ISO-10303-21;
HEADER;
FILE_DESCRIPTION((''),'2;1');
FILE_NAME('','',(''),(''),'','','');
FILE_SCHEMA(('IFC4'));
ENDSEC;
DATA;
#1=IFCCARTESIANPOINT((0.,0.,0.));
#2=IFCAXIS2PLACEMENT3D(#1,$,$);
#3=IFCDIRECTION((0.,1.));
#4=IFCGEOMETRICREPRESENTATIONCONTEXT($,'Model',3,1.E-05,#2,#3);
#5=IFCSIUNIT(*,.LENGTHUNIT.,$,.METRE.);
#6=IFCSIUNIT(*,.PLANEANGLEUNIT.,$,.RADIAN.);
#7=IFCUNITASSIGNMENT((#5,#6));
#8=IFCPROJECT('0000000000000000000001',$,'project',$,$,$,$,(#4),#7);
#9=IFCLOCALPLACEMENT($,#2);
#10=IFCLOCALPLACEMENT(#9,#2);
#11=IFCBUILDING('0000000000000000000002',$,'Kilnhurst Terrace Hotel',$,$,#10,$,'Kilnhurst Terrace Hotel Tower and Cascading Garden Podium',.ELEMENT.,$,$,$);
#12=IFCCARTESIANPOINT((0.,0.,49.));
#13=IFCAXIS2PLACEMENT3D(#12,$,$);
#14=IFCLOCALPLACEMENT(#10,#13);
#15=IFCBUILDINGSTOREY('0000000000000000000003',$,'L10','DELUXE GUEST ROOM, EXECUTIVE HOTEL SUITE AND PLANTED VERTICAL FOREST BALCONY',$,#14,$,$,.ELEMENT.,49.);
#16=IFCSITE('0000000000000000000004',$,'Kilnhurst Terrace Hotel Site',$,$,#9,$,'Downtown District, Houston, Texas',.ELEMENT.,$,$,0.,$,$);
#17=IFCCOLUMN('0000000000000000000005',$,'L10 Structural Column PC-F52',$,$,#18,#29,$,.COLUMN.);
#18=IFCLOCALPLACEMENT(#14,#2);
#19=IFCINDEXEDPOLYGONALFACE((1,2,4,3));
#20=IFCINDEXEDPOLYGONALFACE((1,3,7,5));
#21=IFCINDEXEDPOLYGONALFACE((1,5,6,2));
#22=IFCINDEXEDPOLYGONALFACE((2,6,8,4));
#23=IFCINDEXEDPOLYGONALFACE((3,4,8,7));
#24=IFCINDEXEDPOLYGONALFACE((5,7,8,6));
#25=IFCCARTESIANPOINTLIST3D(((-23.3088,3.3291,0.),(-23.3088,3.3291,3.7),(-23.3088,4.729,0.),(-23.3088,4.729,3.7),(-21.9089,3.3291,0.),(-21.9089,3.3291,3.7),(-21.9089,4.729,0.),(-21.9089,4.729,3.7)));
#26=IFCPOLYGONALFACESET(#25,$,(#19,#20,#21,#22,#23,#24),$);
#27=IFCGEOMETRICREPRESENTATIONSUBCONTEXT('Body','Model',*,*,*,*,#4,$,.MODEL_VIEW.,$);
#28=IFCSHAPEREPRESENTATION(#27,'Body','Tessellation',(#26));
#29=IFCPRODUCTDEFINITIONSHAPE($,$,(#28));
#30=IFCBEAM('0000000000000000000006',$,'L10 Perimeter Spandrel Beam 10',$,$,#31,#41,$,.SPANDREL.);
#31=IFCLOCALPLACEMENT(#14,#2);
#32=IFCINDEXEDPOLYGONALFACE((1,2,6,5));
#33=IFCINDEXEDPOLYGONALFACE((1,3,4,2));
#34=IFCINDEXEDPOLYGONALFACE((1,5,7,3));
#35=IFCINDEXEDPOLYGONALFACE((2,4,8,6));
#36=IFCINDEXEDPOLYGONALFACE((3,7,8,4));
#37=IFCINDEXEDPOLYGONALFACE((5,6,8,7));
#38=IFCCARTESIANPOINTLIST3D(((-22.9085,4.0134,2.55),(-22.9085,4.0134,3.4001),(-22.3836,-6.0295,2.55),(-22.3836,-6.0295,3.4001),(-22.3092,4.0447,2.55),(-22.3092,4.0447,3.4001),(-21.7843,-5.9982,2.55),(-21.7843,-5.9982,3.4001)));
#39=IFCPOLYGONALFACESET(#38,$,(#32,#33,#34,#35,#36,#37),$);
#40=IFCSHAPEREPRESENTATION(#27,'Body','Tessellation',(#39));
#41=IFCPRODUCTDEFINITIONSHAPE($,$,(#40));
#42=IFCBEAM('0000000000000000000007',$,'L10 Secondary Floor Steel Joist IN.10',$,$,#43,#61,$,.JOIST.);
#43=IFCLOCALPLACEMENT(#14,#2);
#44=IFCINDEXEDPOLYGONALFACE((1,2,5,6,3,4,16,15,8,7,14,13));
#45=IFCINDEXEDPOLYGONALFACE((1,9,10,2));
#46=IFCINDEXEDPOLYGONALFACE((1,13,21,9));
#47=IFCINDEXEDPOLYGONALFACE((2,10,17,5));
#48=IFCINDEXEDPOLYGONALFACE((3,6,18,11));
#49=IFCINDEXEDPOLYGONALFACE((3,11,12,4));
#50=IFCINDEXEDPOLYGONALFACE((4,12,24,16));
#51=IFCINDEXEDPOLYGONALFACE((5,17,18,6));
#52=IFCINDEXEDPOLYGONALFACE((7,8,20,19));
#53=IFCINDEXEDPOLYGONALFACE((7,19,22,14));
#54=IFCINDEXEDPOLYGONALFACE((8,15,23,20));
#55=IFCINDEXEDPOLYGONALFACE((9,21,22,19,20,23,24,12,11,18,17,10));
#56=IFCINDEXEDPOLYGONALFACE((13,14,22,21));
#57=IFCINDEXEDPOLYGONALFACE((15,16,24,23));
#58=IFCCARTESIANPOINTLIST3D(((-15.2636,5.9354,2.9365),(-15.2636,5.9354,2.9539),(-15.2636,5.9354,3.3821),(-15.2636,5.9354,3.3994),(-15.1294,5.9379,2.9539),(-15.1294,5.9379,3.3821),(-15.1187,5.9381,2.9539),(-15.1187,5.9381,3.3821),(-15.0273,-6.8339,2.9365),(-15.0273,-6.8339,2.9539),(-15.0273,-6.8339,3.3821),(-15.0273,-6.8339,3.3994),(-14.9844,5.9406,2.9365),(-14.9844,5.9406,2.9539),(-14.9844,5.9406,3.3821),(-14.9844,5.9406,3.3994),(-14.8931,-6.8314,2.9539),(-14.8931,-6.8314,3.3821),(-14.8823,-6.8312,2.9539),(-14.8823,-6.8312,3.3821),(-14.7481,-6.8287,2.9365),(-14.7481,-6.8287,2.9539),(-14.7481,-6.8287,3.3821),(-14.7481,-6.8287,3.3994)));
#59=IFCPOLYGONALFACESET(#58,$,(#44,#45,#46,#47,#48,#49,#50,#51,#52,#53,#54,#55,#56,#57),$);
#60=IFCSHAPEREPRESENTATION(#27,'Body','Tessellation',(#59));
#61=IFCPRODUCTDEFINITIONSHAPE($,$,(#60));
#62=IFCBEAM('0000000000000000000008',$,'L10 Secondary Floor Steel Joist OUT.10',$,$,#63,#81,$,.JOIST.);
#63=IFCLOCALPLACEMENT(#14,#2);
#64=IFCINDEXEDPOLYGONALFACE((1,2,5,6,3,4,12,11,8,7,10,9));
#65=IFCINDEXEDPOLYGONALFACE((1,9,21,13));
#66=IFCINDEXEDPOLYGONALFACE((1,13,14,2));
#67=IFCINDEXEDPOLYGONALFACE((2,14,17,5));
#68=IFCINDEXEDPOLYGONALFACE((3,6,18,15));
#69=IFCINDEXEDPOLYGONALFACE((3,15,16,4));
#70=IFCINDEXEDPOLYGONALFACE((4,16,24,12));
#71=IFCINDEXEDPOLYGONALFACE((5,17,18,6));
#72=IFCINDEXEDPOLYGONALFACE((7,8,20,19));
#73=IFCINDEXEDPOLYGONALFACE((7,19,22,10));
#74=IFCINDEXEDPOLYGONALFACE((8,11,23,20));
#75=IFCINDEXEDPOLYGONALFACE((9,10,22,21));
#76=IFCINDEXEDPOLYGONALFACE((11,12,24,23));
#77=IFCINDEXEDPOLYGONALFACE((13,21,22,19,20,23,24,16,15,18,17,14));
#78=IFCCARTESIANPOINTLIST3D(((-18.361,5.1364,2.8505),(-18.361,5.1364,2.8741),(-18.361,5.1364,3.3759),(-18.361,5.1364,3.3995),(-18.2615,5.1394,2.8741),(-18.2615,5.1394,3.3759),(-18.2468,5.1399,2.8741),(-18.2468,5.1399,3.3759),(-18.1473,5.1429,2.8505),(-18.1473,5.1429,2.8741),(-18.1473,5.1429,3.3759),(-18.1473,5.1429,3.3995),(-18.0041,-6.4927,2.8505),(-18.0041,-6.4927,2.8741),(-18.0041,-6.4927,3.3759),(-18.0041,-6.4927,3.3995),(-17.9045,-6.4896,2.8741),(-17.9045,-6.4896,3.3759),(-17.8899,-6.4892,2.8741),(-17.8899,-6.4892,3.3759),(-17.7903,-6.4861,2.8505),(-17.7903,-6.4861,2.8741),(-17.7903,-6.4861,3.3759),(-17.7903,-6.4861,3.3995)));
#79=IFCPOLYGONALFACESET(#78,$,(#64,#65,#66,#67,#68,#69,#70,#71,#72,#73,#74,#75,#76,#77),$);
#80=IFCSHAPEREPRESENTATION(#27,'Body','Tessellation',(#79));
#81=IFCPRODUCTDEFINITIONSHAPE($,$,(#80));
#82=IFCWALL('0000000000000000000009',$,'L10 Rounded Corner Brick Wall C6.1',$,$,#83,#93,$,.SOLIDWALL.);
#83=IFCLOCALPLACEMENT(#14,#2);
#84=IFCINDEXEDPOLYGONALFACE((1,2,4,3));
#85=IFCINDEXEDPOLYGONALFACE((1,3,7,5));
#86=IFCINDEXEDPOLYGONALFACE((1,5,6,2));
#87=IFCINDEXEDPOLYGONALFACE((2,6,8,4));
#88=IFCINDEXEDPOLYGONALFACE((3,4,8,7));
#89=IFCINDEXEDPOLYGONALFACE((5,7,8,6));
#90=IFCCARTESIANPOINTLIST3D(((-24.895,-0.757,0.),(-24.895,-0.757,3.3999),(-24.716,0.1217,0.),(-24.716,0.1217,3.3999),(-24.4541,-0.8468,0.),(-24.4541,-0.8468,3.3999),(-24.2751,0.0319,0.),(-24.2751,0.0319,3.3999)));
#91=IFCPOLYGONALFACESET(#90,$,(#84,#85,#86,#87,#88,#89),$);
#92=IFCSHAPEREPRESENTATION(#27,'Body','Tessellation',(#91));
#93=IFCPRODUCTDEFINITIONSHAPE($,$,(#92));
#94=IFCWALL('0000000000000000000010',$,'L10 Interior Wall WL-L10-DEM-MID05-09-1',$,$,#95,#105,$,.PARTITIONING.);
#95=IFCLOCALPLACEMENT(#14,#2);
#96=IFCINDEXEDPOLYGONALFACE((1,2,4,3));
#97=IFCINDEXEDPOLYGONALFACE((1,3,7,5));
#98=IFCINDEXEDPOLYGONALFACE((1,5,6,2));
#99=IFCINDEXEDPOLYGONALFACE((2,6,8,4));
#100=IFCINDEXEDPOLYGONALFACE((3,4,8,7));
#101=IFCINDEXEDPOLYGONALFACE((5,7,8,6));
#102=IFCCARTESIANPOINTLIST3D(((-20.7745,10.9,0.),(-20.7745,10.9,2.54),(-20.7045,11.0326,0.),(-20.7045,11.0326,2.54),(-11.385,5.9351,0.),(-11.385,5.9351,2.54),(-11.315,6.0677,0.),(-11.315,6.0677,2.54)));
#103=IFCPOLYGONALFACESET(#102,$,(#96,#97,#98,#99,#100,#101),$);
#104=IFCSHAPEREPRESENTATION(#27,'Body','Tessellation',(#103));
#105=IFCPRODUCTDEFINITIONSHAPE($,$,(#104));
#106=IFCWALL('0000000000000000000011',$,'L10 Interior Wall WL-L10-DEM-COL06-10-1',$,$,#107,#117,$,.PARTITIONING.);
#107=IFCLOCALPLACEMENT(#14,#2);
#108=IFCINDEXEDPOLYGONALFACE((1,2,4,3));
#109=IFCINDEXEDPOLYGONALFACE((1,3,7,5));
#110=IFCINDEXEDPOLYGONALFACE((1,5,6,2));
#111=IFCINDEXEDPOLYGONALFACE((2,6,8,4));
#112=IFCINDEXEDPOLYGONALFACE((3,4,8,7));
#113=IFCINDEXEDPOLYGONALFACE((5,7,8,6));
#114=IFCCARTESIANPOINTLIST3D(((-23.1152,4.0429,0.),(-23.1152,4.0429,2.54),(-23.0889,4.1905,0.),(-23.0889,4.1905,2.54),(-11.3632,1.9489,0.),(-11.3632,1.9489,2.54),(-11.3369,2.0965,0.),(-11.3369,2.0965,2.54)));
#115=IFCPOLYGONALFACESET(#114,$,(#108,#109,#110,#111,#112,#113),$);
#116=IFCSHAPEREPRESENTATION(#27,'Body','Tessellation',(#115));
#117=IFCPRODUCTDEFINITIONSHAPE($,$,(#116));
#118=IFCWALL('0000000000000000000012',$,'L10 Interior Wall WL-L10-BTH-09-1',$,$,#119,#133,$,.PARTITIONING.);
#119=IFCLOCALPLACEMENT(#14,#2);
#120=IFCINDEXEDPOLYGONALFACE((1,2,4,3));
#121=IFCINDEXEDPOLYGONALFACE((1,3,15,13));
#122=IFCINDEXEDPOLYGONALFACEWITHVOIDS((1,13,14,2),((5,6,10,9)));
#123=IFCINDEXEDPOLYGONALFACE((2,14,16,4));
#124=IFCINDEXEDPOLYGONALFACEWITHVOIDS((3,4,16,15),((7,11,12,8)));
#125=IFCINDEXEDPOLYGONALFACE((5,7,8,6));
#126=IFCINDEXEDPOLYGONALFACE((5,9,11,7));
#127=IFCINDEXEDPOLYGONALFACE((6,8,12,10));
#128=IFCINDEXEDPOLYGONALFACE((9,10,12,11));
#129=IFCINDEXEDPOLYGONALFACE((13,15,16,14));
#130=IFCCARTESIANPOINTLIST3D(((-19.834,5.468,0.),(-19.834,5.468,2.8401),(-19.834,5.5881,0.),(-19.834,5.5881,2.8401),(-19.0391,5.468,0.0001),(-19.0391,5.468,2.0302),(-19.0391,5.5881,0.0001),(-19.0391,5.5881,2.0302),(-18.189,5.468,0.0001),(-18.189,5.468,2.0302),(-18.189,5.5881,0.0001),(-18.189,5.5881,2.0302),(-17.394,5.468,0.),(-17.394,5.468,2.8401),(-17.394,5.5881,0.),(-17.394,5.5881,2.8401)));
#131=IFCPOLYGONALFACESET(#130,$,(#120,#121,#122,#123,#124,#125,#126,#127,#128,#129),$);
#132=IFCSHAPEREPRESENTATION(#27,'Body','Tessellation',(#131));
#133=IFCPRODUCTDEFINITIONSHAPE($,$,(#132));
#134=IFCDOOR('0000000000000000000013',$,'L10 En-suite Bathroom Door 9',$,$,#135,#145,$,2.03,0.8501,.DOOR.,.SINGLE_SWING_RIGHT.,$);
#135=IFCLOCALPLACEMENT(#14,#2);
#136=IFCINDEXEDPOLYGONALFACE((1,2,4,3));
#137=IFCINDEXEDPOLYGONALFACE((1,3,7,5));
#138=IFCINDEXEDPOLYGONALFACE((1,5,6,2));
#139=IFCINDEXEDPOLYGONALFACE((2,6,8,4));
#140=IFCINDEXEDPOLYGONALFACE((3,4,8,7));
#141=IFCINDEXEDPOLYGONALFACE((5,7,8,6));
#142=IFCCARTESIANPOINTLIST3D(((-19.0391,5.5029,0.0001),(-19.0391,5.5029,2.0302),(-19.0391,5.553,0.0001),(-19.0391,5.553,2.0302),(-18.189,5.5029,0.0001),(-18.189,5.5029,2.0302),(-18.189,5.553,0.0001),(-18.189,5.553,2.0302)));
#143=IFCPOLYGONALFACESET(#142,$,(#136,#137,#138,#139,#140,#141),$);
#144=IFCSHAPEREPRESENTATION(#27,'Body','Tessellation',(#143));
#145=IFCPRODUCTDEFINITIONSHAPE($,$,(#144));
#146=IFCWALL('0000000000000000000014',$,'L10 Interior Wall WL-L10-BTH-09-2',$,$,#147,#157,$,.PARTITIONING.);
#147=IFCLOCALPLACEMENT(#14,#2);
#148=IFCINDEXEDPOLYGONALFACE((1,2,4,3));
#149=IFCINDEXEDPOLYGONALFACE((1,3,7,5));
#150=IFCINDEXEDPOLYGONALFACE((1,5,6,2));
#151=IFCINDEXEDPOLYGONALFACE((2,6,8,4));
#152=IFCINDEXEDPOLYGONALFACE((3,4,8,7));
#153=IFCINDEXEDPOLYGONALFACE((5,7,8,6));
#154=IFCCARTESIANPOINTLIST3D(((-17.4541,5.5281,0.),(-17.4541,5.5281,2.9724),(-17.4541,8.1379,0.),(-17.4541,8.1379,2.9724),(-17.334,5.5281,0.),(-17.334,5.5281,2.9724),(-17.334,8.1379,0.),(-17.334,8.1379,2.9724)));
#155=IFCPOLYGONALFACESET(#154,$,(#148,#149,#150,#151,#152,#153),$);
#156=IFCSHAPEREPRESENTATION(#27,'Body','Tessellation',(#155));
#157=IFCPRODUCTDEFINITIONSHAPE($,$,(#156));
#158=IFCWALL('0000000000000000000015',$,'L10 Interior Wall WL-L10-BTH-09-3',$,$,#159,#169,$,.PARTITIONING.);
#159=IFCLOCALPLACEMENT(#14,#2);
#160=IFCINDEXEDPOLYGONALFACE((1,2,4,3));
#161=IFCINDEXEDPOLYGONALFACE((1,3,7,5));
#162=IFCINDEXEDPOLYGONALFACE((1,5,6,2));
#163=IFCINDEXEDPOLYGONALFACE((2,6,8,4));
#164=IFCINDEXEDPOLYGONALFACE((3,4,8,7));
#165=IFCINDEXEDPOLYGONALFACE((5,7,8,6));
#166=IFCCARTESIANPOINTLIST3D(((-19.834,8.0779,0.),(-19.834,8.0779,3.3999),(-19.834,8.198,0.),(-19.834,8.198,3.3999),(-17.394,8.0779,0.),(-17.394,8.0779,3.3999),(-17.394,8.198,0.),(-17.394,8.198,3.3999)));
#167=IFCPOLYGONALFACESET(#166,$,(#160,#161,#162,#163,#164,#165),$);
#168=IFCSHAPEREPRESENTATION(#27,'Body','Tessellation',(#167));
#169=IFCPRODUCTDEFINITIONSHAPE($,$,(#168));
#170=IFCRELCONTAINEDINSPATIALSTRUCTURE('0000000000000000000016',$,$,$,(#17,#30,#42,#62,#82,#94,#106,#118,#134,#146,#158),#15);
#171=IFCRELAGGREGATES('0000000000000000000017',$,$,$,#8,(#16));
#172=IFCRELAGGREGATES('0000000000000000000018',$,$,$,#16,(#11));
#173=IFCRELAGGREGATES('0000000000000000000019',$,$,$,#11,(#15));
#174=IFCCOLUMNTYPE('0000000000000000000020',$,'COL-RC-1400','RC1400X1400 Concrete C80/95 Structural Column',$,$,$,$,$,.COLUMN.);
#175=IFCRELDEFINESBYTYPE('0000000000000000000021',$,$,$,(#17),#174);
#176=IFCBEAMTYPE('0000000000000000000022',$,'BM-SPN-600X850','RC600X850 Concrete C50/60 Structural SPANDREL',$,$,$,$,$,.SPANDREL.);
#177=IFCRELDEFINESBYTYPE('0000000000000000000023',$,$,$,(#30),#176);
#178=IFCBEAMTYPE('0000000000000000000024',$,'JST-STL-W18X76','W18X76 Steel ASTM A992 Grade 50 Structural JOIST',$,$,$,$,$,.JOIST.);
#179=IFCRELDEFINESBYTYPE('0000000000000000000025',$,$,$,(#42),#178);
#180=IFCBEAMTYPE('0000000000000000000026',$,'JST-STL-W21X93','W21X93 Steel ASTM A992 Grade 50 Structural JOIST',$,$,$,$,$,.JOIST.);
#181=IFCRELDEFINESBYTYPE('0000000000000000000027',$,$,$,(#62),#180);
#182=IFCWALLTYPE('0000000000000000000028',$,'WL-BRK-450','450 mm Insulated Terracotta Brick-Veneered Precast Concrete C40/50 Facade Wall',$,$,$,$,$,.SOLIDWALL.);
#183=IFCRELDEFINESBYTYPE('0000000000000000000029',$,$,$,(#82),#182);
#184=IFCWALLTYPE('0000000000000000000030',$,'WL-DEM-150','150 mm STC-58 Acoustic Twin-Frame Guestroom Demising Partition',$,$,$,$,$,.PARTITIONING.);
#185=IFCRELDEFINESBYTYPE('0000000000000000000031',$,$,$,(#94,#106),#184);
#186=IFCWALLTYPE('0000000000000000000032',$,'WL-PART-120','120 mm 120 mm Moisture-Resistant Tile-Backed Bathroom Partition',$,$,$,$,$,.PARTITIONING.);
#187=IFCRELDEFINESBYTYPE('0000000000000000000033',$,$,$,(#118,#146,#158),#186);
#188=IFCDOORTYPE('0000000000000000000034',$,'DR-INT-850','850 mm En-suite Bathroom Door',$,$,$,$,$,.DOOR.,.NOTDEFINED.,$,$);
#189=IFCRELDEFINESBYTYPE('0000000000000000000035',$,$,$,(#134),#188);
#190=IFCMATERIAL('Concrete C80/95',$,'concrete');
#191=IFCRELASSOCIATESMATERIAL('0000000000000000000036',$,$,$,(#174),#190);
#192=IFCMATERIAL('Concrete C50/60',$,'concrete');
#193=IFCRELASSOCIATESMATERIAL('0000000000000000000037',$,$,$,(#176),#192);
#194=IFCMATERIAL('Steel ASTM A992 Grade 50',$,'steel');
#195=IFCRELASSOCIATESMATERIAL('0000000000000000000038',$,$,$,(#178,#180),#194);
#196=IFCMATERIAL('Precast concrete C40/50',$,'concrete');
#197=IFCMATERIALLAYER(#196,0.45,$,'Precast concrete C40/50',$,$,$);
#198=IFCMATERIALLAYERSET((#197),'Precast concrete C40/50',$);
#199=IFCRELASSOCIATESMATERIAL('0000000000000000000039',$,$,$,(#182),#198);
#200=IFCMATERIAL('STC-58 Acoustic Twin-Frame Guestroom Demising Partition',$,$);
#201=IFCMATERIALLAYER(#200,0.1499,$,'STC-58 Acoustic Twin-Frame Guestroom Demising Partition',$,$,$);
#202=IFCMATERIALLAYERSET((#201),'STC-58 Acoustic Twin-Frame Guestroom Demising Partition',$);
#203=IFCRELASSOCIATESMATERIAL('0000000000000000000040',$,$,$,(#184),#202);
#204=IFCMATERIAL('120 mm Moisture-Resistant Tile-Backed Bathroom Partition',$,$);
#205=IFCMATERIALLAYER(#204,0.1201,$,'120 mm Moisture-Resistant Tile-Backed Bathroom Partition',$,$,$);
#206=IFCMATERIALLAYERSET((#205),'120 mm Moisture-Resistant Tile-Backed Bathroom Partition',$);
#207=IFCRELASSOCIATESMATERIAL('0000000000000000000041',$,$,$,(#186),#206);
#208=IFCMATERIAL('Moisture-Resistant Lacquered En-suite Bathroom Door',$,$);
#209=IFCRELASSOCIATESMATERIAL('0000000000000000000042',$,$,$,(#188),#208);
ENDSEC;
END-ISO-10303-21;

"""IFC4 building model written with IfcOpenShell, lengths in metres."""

from ifc_helpers import new_model, si_unit, direction, frame, frame_2d, origin, origin_2d, place, context, subcontext, project, spatial, rectangle, i_section, extrude, material, layer, layer_set, material_profile, profile_set, type_object, element, fill, save


model = new_model("IFC4")

# Units and contexts
model_context = context("Model", 3, precision=1e-05, world=origin(), true_north=direction((0.0, 1.0)))
body_context = subcontext(model_context, "Body", "Model", "MODEL_VIEW")
ifc_project = project(units=[si_unit("LENGTHUNIT", "METRE"), si_unit("PLANEANGLEUNIT", "RADIAN")], contexts=[model_context])

# Site, building, storey
site_placement = place(None, origin())
site = spatial("IfcSite", under=ifc_project, at=site_placement, Name="Kilnhurst Terrace Hotel Site", LongName="Downtown District, Houston, Texas", CompositionType="ELEMENT", RefElevation=0.0)
building_placement = place(site_placement, origin())
building = spatial("IfcBuilding", under=site, at=building_placement, Name="Kilnhurst Terrace Hotel", LongName="Kilnhurst Terrace Hotel Tower and Cascading Garden Podium", CompositionType="ELEMENT")
storey_placement = place(building_placement, frame((0.0, 0.0, 49.0)))
storey = spatial("IfcBuildingStorey", under=building, at=storey_placement, Name="L10", Description="DELUXE GUEST ROOM, EXECUTIVE HOTEL SUITE AND PLANTED VERTICAL FOREST BALCONY", CompositionType="ELEMENT", Elevation=49.0)

# Column
ifc_material_1 = material(Name="Concrete C80/95", Category="concrete")
ifc_material_profile_1 = material_profile(ifc_material_1, rectangle(XDim=1.3999, YDim=1.3999, at=origin_2d()), Name="RC1400X1400")
ifc_profile_set_1 = profile_set([ifc_material_profile_1], Name="Concrete C80/95")
column_type = type_object("IfcColumnType", Name="COL-RC-1400", Description="RC1400X1400 Concrete C80/95 Structural Column", PredefinedType="COLUMN", material=ifc_profile_set_1)
column_placement = place(storey_placement, frame((-22.6089, 4.0291, 0.0), z_axis=(0.0, 0.0, 1.0), x_axis=(1.0, 0.0, 0.0)))
element("IfcColumn", 1, at=column_placement, inside=storey, type_object=column_type, Name="L10 Structural Column PC-F52", PredefinedType="COLUMN", context=body_context, shape_type="SweptSolid", body=[
    extrude(rectangle(XDim=1.3999, YDim=1.3999, at=origin_2d()), origin(), (0.0, 0.0, 1.0), 3.7),
])

# Beams
ifc_material_2 = material(Name="Concrete C50/60", Category="concrete")
ifc_material_profile_2 = material_profile(ifc_material_2, rectangle(XDim=0.6001, YDim=0.8501, at=origin_2d()), Name="RC600X850")
ifc_profile_set_2 = profile_set([ifc_material_profile_2], Name="Concrete C50/60")
beam_type_1 = type_object("IfcBeamType", Name="BM-SPN-600X850", Description="RC600X850 Concrete C50/60 Structural SPANDREL", PredefinedType="SPANDREL", material=ifc_profile_set_2)
beam_1_placement = place(storey_placement, frame((-22.6089, 4.0291, 2.9751), z_axis=(0.052194, -0.998637, 0.0), x_axis=(0.998637, 0.052194, 0.0)))
element("IfcBeam", 2, at=beam_1_placement, inside=storey, type_object=beam_type_1, Name="L10 Perimeter Spandrel Beam 10", PredefinedType="SPANDREL", context=body_context, shape_type="SweptSolid", body=[
    extrude(rectangle(XDim=0.6001, YDim=0.8501, at=origin_2d()), origin(), (0.0, 0.0, 1.0), 10.0566),
])
ifc_material_3 = material(Name="Steel ASTM A992 Grade 50", Category="steel")
ifc_material_profile_3 = material_profile(ifc_material_3, i_section(OverallWidth=0.2793, OverallDepth=0.4629, WebThickness=0.0107, FlangeThickness=0.0173, at=origin_2d()), Name="W18X76")
ifc_profile_set_3 = profile_set([ifc_material_profile_3], Name="Steel ASTM A992 Grade 50")
beam_type_2 = type_object("IfcBeamType", Name="JST-STL-W18X76", Description="W18X76 Steel ASTM A992 Grade 50 Structural JOIST", PredefinedType="JOIST", material=ifc_profile_set_3)
beam_2_placement = place(storey_placement, frame((-15.124, 5.938, 3.168), z_axis=(0.018504, -0.999829, 0.0), x_axis=(0.999829, 0.018504, 0.0)))
element("IfcBeam", 3, at=beam_2_placement, inside=storey, type_object=beam_type_2, Name="L10 Secondary Floor Steel Joist IN.10", PredefinedType="JOIST", context=body_context, shape_type="SweptSolid", body=[
    extrude(i_section(OverallWidth=0.2793, OverallDepth=0.4629, WebThickness=0.0107, FlangeThickness=0.0173, at=origin_2d()), origin(), (0.0, 0.0, 1.0), 12.7715),
])
ifc_material_profile_4 = material_profile(ifc_material_3, i_section(OverallWidth=0.2139, OverallDepth=0.5491, WebThickness=0.0146, FlangeThickness=0.0237, at=origin_2d()), Name="W21X93")
ifc_profile_set_4 = profile_set([ifc_material_profile_4], Name="Steel ASTM A992 Grade 50")
beam_type_3 = type_object("IfcBeamType", Name="JST-STL-W21X93", Description="W21X93 Steel ASTM A992 Grade 50 Structural JOIST", PredefinedType="JOIST", material=ifc_profile_set_4)
beam_3_placement = place(storey_placement, frame((-18.2542, 5.1396, 3.125), z_axis=(0.030679, -0.999529, 0.0), x_axis=(0.999529, 0.030679, 0.0)))
element("IfcBeam", 4, at=beam_3_placement, inside=storey, type_object=beam_type_3, Name="L10 Secondary Floor Steel Joist OUT.10", PredefinedType="JOIST", context=body_context, shape_type="SweptSolid", body=[
    extrude(i_section(OverallWidth=0.2139, OverallDepth=0.5491, WebThickness=0.0146, FlangeThickness=0.0237, at=origin_2d()), origin(), (0.0, 0.0, 1.0), 11.6345),
])

# Walls
ifc_material_4 = material(Name="Precast concrete C40/50", Category="concrete")
ifc_layer_1 = layer(ifc_material_4, 0.45, Name="Precast concrete C40/50")
ifc_layer_set_1 = layer_set([ifc_layer_1], Name="Precast concrete C40/50")
wall_type_1 = type_object("IfcWallType", Name="WL-BRK-450", Description="450 mm Insulated Terracotta Brick-Veneered Precast Concrete C40/50 Facade Wall", PredefinedType="SOLIDWALL", material=ifc_layer_set_1)
wall_1_placement = place(storey_placement, frame((-24.4956, 0.0767, 0.0), z_axis=(0.0, 0.0, 1.0), x_axis=(-0.199571, -0.979883, 0.0)))
element("IfcWall", 5, at=wall_1_placement, inside=storey, type_object=wall_type_1, Name="L10 Rounded Corner Brick Wall C6.1", PredefinedType="SOLIDWALL", context=body_context, shape_type="SweptSolid", body=[
    extrude(rectangle(XDim=0.8967, YDim=0.45, at=frame_2d((0.4482, 0.0))), origin(), (0.0, 0.0, 1.0), 3.3999),
])
ifc_material_5 = material(Name="STC-58 Acoustic Twin-Frame Guestroom Demising Partition")
ifc_layer_2 = layer(ifc_material_5, 0.1499, Name="STC-58 Acoustic Twin-Frame Guestroom Demising Partition")
ifc_layer_set_2 = layer_set([ifc_layer_2], Name="STC-58 Acoustic Twin-Frame Guestroom Demising Partition")
wall_type_2 = type_object("IfcWallType", Name="WL-DEM-150", Description="150 mm STC-58 Acoustic Twin-Frame Guestroom Demising Partition", PredefinedType="PARTITIONING", material=ifc_layer_set_2)
wall_2_placement = place(storey_placement, frame((-11.3501, 6.0015, 0.0), z_axis=(0.0, 0.0, 1.0), x_axis=(-0.884022, 0.467445, 0.0)))
element("IfcWall", 6, at=wall_2_placement, inside=storey, type_object=wall_type_2, Name="L10 Interior Wall WL-L10-DEM-MID05-09-1", PredefinedType="PARTITIONING", context=body_context, shape_type="SweptSolid", body=[
    extrude(rectangle(XDim=10.6213, YDim=0.1499, at=frame_2d((5.3105, 0.0))), origin(), (0.0, 0.0, 1.0), 2.54),
])
wall_3_placement = place(storey_placement, frame((-11.3501, 2.0227, 0.0), z_axis=(0.0, 0.0, 1.0), x_axis=(-0.984494, 0.17542, 0.0)))
element("IfcWall", 7, at=wall_3_placement, inside=storey, type_object=wall_type_2, Name="L10 Interior Wall WL-L10-DEM-COL06-10-1", PredefinedType="PARTITIONING", context=body_context, shape_type="SweptSolid", body=[
    extrude(rectangle(XDim=11.937, YDim=0.1499, at=frame_2d((5.9685, 0.0))), origin(), (0.0, 0.0, 1.0), 2.54),
])

# Wall, opening, door
ifc_material_6 = material(Name="120 mm Moisture-Resistant Tile-Backed Bathroom Partition")
ifc_layer_3 = layer(ifc_material_6, 0.1201, Name="120 mm Moisture-Resistant Tile-Backed Bathroom Partition")
ifc_layer_set_3 = layer_set([ifc_layer_3], Name="120 mm Moisture-Resistant Tile-Backed Bathroom Partition")
wall_type_3 = type_object("IfcWallType", Name="WL-PART-120", Description="120 mm 120 mm Moisture-Resistant Tile-Backed Bathroom Partition", PredefinedType="PARTITIONING", material=ifc_layer_set_3)
wall_4_placement = place(storey_placement, frame((-19.834, 5.5281, 0.0), z_axis=(0.0, 0.0, 1.0), x_axis=(1.0, 0.0, 0.0)))
wall_4 = element("IfcWall", 8, at=wall_4_placement, inside=storey, type_object=wall_type_3, Name="L10 Interior Wall WL-L10-BTH-09-1", PredefinedType="PARTITIONING", context=body_context, shape_type="SweptSolid", body=[
    extrude(rectangle(XDim=2.4399, YDim=0.1201, at=frame_2d((1.22, 0.0))), origin(), (0.0, 0.0, 1.0), 2.8401),
])
opening_1_placement = place(wall_4_placement, frame((0.7949, 0.0, 0.0)))
opening_1 = element("IfcOpeningElement", 9, at=opening_1_placement, cuts=wall_4, PredefinedType="OPENING", context=body_context, shape_type="SweptSolid", body=[
    extrude(rectangle(XDim=0.8501, YDim=2.03, at=frame_2d((0.425, 1.0151))), frame((0.0, 0.0701, 0.0), z_axis=(0.0, -1.0, 0.0), x_axis=(1.0, 0.0, 0.0)), (0.0, 0.0, 1.0), 0.1401),
])
ifc_material_7 = material(Name="Moisture-Resistant Lacquered En-suite Bathroom Door")
door_type = type_object("IfcDoorType", Name="DR-INT-850", Description="850 mm En-suite Bathroom Door", OperationType="NOTDEFINED", PredefinedType="DOOR", material=ifc_material_7)
door_1_placement = place(opening_1_placement, origin())
door_1 = element("IfcDoor", 10, at=door_1_placement, inside=storey, type_object=door_type, Name="L10 En-suite Bathroom Door 9", OperationType="SINGLE_SWING_RIGHT", OverallHeight=2.03, OverallWidth=0.8501, PredefinedType="DOOR", context=body_context, shape_type="SweptSolid", body=[
    extrude(rectangle(XDim=0.8501, YDim=2.03, at=frame_2d((0.425, 1.0151))), frame((0.0, 0.0249, 0.0), z_axis=(0.0, -1.0, 0.0), x_axis=(1.0, 0.0, 0.0)), (0.0, 0.0, 1.0), 0.05),
])
fill(opening_1, door_1)

# Walls
wall_5_placement = place(storey_placement, frame((-17.394, 5.5281, 0.0), z_axis=(0.0, 0.0, 1.0), x_axis=(0.0, 1.0, 0.0)))
element("IfcWall", 11, at=wall_5_placement, inside=storey, type_object=wall_type_3, Name="L10 Interior Wall WL-L10-BTH-09-2", PredefinedType="PARTITIONING", context=body_context, shape_type="SweptSolid", body=[
    extrude(rectangle(XDim=2.6099, YDim=0.1201, at=frame_2d((1.3049, 0.0))), origin(), (0.0, 0.0, 1.0), 2.9724),
])
wall_6_placement = place(storey_placement, frame((-17.394, 8.1379, 0.0), z_axis=(0.0, 0.0, 1.0), x_axis=(-1.0, 0.0, 0.0)))
element("IfcWall", 12, at=wall_6_placement, inside=storey, type_object=wall_type_3, Name="L10 Interior Wall WL-L10-BTH-09-3", PredefinedType="PARTITIONING", context=body_context, shape_type="SweptSolid", body=[
    extrude(rectangle(XDim=2.4399, YDim=0.1201, at=frame_2d((1.22, 0.0))), origin(), (0.0, 0.0, 1.0), 3.3999),
])

save(model, "model.ifc")
